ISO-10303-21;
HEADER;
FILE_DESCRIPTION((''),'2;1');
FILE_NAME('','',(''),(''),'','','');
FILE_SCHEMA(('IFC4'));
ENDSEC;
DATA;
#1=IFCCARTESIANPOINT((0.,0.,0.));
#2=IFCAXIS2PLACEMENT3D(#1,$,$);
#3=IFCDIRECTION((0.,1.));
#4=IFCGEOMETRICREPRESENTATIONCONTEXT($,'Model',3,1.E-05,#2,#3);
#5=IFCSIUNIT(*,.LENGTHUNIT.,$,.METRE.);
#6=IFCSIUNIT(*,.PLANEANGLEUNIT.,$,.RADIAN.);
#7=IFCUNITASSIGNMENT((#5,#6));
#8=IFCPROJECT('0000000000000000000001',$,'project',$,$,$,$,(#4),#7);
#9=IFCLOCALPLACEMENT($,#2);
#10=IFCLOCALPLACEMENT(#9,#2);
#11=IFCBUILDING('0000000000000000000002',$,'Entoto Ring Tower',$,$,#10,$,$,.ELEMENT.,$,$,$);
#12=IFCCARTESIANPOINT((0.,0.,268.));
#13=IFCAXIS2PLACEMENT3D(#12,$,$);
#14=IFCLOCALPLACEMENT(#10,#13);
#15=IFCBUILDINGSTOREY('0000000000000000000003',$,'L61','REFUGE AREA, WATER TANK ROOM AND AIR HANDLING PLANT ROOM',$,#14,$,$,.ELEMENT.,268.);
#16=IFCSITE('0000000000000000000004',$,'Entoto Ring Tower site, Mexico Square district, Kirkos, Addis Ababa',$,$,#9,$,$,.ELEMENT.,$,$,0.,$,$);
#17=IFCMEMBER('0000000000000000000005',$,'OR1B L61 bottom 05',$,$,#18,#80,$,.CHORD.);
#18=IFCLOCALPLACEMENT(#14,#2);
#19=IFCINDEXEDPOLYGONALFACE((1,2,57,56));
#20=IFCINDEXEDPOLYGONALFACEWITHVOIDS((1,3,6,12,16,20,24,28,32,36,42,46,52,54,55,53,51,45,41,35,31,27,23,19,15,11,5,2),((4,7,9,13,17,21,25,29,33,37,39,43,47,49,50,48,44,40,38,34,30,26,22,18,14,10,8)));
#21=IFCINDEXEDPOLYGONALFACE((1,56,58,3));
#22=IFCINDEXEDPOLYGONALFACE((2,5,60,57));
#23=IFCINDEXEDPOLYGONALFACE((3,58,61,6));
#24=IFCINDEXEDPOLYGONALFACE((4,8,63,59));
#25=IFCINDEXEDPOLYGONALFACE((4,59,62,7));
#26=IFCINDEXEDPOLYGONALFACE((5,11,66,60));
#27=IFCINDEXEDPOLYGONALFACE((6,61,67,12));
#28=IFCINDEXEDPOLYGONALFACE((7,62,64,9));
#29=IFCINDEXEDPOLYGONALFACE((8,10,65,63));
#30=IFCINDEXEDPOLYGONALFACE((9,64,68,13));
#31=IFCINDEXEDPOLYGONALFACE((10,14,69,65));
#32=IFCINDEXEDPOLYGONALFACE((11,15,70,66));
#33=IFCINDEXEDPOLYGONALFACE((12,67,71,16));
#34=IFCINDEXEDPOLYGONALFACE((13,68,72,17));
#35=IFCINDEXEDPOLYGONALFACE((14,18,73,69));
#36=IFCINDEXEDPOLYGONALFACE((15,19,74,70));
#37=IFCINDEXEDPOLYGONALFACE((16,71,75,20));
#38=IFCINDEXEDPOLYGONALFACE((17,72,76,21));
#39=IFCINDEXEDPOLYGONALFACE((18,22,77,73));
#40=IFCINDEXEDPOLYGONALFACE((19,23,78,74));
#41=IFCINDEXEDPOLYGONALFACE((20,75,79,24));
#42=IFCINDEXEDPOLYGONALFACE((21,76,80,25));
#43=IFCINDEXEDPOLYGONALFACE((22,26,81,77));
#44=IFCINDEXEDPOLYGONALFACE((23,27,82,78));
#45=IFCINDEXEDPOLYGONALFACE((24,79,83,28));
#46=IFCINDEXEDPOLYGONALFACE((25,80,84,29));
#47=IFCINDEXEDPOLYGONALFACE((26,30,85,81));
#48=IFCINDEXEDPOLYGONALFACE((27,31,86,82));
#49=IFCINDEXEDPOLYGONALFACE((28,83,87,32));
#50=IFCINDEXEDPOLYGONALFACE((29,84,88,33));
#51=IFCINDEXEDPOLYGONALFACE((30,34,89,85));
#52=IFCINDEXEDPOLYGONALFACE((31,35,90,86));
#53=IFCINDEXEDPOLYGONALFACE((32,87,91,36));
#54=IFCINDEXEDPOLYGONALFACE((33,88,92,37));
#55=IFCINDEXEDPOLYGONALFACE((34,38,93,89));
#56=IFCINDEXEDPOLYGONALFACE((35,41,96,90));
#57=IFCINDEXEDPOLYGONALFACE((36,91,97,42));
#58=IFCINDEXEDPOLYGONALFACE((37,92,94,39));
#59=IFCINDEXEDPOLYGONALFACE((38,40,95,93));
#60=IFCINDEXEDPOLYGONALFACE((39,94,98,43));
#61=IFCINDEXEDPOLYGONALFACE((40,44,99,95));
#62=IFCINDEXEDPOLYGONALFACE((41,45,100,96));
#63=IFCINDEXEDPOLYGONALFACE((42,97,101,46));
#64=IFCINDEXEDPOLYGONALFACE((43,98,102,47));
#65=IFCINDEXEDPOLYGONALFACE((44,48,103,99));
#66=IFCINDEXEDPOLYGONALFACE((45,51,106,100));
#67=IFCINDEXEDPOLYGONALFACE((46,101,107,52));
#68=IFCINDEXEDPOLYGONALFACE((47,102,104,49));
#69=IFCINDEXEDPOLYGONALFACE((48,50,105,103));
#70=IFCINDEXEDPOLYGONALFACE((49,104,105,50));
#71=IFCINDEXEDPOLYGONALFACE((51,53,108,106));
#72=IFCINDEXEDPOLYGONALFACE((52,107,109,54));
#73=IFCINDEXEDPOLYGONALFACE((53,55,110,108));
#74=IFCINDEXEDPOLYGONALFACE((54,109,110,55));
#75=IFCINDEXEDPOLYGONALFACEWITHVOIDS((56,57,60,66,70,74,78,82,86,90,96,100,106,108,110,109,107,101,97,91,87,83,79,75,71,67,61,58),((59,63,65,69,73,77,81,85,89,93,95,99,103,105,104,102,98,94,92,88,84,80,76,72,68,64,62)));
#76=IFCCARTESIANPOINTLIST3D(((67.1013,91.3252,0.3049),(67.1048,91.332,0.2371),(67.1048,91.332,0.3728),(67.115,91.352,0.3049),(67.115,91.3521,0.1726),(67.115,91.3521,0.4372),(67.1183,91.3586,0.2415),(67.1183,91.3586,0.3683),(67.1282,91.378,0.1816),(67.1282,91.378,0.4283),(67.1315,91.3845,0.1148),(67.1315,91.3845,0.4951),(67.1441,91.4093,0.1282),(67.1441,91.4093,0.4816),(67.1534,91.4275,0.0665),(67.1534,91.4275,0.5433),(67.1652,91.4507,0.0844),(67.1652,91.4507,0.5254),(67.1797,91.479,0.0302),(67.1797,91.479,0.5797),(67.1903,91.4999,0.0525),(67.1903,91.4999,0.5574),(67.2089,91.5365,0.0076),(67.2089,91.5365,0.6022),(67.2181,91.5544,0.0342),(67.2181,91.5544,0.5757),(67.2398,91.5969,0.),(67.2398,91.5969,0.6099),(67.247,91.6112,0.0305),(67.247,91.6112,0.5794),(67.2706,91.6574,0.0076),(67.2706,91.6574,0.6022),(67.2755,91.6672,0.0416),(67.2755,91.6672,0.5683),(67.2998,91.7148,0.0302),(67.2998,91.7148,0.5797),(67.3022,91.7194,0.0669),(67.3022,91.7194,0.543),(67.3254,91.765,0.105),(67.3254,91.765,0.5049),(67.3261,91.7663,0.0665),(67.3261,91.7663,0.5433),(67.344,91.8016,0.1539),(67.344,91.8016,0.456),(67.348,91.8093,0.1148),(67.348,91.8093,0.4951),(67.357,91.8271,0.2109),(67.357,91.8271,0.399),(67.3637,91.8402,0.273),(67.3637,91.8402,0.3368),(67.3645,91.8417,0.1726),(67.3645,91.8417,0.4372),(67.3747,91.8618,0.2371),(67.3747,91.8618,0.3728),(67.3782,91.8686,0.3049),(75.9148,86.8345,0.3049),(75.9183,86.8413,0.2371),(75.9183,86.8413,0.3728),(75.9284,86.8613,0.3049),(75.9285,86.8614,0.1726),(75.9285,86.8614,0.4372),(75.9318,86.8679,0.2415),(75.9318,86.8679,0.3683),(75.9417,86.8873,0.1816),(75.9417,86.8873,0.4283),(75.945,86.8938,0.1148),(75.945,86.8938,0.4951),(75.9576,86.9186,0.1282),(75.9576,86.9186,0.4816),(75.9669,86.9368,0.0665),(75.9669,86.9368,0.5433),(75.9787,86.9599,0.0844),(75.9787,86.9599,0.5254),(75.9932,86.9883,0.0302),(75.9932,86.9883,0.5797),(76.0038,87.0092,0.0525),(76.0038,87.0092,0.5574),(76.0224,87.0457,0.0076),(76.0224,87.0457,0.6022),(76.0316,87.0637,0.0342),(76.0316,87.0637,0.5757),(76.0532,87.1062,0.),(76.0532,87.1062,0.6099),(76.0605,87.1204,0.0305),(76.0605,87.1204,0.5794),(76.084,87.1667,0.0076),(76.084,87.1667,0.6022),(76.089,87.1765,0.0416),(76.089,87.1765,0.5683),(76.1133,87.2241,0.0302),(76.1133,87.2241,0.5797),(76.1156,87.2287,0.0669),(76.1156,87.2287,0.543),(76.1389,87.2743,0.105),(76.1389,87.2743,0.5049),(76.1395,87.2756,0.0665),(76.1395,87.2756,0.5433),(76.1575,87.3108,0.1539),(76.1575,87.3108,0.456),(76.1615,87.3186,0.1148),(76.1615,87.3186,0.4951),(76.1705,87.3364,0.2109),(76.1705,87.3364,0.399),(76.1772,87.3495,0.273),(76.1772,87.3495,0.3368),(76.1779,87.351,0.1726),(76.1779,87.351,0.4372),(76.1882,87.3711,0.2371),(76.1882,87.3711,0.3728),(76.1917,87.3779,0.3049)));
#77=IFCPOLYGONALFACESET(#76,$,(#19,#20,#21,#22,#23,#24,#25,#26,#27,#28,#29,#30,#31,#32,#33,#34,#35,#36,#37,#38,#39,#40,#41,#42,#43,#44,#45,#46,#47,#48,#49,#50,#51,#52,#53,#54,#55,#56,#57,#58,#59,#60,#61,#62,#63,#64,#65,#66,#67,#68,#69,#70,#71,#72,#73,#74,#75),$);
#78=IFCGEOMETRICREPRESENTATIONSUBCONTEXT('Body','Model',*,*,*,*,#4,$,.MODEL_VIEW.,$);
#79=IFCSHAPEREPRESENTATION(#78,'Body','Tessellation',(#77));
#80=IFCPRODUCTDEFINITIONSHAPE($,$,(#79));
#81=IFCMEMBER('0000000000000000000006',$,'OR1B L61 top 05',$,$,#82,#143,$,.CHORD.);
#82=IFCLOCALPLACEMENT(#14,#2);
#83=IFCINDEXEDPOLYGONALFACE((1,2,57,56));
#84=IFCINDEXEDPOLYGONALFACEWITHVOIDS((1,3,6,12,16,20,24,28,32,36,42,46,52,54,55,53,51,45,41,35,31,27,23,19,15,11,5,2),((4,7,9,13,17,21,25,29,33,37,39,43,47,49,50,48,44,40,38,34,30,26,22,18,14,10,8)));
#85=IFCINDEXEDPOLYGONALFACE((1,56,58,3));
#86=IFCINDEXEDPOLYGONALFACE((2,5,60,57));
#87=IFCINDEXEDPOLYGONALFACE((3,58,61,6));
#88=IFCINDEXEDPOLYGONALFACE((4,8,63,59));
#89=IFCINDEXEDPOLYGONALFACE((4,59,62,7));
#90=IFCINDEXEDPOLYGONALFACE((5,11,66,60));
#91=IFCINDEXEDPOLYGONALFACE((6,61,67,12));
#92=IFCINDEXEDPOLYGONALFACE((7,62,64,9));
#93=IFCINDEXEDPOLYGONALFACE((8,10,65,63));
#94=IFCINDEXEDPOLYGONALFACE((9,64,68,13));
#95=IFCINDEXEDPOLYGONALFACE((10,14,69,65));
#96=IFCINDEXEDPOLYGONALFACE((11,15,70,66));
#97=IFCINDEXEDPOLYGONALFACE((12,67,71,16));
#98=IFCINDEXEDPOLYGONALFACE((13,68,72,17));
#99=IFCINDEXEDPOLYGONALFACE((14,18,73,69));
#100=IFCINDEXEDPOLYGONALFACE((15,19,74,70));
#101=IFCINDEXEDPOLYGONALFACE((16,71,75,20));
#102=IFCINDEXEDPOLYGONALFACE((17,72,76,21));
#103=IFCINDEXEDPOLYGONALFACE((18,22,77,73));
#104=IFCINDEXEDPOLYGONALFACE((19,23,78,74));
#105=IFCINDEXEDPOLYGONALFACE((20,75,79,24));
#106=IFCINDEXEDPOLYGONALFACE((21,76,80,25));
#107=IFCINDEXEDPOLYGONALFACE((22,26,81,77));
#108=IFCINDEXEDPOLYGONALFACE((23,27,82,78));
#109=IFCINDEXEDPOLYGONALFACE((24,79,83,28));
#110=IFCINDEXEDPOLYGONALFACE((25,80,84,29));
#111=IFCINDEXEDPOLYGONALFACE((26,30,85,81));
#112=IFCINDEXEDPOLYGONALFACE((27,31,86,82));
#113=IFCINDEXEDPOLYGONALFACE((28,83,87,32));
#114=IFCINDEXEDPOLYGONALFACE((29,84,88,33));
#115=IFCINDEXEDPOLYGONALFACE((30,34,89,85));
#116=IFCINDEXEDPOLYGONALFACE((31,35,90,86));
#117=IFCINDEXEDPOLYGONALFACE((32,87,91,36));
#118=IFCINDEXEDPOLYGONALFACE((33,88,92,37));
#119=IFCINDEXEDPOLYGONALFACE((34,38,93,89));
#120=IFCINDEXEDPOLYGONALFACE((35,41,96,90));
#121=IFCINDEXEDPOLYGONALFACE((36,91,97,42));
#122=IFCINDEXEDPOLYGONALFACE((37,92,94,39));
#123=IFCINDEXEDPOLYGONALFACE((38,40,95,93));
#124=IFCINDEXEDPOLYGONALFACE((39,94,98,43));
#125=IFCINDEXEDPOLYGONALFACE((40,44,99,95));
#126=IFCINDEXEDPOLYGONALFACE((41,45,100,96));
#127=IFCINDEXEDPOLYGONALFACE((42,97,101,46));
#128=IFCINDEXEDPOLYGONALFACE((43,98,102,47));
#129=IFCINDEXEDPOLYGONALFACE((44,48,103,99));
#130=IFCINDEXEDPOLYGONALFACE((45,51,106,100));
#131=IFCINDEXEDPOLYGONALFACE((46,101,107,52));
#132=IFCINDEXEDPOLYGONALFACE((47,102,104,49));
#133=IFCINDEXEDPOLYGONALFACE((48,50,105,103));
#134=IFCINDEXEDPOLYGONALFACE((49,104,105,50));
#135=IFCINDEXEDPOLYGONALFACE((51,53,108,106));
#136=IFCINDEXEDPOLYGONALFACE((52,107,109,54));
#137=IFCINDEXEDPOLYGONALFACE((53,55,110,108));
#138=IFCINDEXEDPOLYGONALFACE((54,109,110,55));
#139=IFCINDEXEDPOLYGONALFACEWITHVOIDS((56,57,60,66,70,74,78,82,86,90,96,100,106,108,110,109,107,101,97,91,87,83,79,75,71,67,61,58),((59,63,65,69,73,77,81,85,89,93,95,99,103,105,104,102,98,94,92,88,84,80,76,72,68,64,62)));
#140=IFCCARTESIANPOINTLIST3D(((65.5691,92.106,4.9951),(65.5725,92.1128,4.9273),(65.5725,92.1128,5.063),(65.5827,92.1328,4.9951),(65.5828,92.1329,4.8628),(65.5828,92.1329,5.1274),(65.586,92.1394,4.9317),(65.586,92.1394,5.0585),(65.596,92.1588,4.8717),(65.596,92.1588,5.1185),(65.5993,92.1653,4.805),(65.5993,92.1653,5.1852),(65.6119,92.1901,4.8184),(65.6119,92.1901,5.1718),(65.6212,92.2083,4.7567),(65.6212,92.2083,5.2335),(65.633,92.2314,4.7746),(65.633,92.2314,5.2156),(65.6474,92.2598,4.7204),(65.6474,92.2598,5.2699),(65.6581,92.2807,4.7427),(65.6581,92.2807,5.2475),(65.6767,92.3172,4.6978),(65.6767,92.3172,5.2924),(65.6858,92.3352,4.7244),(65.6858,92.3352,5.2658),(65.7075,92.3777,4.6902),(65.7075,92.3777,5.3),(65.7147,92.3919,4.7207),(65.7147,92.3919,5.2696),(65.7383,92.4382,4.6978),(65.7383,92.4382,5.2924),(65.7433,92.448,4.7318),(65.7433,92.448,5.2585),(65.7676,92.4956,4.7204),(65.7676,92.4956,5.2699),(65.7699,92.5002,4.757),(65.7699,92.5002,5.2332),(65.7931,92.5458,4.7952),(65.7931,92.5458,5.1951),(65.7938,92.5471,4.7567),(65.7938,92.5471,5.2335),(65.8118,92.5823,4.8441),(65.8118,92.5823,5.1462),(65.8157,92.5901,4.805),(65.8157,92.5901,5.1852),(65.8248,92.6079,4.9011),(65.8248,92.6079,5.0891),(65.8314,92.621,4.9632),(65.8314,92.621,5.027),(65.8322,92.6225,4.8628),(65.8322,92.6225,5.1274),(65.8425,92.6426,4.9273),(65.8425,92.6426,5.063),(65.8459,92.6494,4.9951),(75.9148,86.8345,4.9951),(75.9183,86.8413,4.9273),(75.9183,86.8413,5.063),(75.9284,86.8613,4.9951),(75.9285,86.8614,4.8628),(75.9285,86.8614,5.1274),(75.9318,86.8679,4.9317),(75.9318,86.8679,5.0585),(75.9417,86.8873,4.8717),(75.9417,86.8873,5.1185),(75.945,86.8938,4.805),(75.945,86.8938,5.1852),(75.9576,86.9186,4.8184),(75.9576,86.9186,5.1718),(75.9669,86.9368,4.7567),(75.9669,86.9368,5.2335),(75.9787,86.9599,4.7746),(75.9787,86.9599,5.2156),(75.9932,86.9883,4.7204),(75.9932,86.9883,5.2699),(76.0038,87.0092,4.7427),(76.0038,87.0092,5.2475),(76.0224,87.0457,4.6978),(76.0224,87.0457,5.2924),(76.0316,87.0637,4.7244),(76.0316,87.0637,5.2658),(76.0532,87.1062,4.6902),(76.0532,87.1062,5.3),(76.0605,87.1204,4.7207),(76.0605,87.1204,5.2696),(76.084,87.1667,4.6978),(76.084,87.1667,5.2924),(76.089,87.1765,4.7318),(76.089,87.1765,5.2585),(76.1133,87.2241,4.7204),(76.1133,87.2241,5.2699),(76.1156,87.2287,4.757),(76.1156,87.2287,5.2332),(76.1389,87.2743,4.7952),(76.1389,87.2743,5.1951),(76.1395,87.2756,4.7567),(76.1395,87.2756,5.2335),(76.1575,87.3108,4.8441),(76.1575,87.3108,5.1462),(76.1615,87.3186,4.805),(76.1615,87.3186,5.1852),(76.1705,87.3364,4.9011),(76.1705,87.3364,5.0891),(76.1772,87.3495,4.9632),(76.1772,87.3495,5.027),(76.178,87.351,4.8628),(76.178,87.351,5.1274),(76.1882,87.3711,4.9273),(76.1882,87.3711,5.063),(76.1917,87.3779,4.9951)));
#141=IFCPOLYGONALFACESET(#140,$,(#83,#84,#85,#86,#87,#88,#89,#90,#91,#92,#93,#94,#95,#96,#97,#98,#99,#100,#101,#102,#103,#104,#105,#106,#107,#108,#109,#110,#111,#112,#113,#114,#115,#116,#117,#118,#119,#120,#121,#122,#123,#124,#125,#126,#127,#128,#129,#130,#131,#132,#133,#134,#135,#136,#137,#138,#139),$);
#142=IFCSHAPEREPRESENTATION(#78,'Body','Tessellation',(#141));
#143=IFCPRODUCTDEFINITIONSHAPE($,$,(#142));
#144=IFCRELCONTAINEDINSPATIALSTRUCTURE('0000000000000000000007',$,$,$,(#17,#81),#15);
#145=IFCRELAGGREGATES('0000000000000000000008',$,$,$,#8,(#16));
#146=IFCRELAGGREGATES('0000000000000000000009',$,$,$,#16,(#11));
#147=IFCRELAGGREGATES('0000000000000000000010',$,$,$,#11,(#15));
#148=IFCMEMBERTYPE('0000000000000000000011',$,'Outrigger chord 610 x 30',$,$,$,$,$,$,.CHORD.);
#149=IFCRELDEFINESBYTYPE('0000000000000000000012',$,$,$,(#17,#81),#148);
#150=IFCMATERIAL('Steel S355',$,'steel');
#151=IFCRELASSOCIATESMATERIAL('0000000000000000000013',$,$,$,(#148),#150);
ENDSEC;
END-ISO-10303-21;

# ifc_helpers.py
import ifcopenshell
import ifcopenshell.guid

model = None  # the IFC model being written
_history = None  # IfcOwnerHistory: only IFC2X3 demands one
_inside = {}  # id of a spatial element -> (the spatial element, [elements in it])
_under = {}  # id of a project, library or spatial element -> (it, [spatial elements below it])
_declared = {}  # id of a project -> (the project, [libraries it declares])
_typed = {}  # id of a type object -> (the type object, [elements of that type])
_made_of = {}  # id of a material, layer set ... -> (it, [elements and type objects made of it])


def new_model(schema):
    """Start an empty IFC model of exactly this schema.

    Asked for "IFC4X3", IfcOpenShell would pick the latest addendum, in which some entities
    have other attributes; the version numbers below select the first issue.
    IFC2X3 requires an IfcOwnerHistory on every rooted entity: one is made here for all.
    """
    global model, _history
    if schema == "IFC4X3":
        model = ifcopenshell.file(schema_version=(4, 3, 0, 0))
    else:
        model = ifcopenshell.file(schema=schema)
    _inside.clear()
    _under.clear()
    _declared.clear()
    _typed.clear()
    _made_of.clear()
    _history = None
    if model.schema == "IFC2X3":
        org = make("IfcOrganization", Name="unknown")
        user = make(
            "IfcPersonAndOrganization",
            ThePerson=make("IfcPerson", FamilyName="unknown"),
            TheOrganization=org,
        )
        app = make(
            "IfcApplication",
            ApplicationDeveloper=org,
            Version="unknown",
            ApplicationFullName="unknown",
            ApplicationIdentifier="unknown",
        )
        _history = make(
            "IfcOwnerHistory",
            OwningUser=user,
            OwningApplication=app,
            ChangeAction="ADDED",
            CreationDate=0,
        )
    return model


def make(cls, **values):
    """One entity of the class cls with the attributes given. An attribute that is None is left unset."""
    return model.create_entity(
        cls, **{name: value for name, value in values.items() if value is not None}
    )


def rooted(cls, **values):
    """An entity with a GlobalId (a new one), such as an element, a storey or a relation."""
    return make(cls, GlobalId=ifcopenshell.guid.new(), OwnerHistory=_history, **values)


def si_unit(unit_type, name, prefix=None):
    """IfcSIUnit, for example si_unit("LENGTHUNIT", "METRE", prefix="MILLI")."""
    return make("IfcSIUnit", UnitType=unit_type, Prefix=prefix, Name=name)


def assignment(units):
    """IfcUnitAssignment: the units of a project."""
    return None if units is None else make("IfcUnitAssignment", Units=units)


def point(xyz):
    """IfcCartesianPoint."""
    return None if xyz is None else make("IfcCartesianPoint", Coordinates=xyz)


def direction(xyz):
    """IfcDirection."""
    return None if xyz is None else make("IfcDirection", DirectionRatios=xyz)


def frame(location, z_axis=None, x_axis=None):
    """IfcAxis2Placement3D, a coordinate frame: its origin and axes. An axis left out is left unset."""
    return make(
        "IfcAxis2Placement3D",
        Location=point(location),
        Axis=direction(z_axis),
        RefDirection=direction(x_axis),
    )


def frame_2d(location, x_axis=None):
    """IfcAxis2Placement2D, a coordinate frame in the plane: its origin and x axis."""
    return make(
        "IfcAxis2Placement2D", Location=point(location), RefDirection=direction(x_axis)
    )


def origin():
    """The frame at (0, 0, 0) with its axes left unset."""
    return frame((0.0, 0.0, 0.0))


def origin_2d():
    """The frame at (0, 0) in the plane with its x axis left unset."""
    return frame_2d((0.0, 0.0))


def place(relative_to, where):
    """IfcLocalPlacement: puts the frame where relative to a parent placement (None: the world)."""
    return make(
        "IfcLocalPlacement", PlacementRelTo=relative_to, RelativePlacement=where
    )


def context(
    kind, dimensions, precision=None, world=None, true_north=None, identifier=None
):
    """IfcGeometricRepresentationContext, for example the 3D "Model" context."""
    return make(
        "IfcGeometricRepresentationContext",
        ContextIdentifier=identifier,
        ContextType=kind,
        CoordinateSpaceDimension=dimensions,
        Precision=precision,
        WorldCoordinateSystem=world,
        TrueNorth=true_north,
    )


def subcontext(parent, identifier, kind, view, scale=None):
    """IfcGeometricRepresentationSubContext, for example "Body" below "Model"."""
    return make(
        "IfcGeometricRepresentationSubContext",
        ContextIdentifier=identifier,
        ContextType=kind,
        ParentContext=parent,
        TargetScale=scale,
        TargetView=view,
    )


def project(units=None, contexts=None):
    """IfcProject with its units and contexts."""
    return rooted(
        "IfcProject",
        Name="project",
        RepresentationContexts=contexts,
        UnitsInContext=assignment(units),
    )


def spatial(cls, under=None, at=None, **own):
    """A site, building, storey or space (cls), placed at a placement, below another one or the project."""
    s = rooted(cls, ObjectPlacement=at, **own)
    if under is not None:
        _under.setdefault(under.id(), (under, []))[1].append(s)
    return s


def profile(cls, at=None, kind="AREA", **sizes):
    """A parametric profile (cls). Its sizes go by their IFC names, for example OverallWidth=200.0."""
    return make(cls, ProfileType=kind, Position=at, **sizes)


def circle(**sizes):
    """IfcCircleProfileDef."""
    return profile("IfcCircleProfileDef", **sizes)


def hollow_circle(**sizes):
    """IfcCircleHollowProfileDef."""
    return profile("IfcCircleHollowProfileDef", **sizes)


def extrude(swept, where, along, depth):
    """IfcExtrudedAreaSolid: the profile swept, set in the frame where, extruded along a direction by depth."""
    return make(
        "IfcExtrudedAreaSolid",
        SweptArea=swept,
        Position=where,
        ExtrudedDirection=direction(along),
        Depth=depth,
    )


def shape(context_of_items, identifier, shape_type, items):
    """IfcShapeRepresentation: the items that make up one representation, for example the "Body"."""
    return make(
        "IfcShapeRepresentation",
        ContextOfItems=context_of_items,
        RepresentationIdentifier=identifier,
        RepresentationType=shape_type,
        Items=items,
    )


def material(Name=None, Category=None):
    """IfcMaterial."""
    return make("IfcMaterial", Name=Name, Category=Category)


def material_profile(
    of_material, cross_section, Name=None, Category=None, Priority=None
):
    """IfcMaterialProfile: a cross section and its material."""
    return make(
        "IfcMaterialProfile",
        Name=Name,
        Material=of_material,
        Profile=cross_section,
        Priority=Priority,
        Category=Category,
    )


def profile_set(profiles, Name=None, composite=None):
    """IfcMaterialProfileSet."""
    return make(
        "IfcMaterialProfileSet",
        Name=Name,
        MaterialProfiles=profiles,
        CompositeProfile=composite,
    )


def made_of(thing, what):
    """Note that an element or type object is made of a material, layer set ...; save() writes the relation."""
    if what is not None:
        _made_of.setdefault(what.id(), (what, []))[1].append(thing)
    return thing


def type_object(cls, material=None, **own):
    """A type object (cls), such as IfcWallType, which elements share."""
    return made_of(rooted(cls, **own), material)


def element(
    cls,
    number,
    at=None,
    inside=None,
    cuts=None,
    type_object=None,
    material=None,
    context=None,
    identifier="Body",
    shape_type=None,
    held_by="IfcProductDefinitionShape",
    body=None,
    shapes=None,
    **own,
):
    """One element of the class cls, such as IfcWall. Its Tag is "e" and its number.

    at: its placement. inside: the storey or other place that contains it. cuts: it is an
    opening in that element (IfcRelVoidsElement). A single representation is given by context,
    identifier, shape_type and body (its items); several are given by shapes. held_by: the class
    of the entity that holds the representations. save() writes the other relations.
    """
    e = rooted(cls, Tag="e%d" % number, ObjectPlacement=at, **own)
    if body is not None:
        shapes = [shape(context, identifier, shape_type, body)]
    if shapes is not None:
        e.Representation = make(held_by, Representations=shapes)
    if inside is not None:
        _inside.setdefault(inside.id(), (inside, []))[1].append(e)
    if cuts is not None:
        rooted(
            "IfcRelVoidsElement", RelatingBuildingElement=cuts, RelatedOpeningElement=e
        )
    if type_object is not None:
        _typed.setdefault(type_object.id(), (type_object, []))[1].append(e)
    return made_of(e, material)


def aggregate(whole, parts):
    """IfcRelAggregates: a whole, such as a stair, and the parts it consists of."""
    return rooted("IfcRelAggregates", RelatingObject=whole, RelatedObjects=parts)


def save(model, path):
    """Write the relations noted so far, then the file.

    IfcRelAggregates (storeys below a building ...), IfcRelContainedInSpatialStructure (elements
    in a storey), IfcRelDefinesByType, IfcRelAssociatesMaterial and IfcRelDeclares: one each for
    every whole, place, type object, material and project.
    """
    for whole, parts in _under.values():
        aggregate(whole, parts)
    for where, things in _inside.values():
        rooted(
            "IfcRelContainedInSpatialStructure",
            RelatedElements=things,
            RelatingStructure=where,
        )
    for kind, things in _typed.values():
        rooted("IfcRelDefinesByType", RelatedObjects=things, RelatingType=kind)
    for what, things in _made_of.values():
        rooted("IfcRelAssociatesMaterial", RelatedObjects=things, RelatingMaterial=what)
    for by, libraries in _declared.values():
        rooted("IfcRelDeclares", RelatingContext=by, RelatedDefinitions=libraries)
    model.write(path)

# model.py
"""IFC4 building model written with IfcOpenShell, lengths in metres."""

from ifc_helpers import new_model, si_unit, direction, frame, origin, origin_2d, place, context, subcontext, project, spatial, circle, hollow_circle, extrude, material, material_profile, profile_set, type_object, element, save


model = new_model("IFC4")

# Units and contexts
model_context = context("Model", 3, precision=1e-05, world=origin(), true_north=direction((0.0, 1.0)))
body_context = subcontext(model_context, "Body", "Model", "MODEL_VIEW")
ifc_project = project(units=[si_unit("LENGTHUNIT", "METRE"), si_unit("PLANEANGLEUNIT", "RADIAN")], contexts=[model_context])

# Site, building, storey
site_placement = place(None, origin())
site = spatial("IfcSite", under=ifc_project, at=site_placement, Name="Entoto Ring Tower site, Mexico Square district, Kirkos, Addis Ababa", CompositionType="ELEMENT", RefElevation=0.0)
building_placement = place(site_placement, origin())
building = spatial("IfcBuilding", under=site, at=building_placement, Name="Entoto Ring Tower", CompositionType="ELEMENT")
storey_placement = place(building_placement, frame((0.0, 0.0, 268.0)))
storey = spatial("IfcBuildingStorey", under=building, at=storey_placement, Name="L61", Description="REFUGE AREA, WATER TANK ROOM AND AIR HANDLING PLANT ROOM", CompositionType="ELEMENT", Elevation=268.0)

# Members
ifc_material_1 = material(Name="Steel S355", Category="steel")
ifc_material_profile_1 = material_profile(ifc_material_1, hollow_circle(Radius=0.3049, WallThickness=0.03, at=origin_2d()), Name="CHS 610 x 30")
ifc_material_2 = material(Name="Concrete C60/75", Category="concrete")
ifc_material_profile_2 = material_profile(ifc_material_2, circle(Radius=0.2749, at=origin_2d()), Name="Concrete C60/75 infill")
ifc_profile_set_1 = profile_set([ifc_material_profile_1, ifc_material_profile_2], Name="Steel S355")
member_type_1 = type_object("IfcMemberType", Name="Outrigger chord 610 x 30", PredefinedType="CHORD", material=ifc_profile_set_1)
member_1_placement = place(storey_placement, frame((76.0532, 87.1062, 0.3049), z_axis=(-0.891005, 0.453993, 0.0), x_axis=(-0.453993, -0.891005, 0.0)))
element("IfcMember", 1, at=member_1_placement, inside=storey, type_object=member_type_1, Name="OR1B L61 bottom 05", PredefinedType="CHORD", context=body_context, shape_type="SweptSolid", body=[
    extrude(hollow_circle(Radius=0.3049, WallThickness=0.03, at=origin_2d()), origin(), (0.0, 0.0, 1.0), 9.8916),
])
member_2_placement = place(storey_placement, frame((76.0532, 87.1062, 4.9951), z_axis=(-0.891004, 0.453996, 0.0), x_axis=(-0.453996, -0.891004, 0.0)))
element("IfcMember", 2, at=member_2_placement, inside=storey, type_object=member_type_1, Name="OR1B L61 top 05", PredefinedType="CHORD", context=body_context, shape_type="SweptSolid", body=[
    extrude(hollow_circle(Radius=0.3049, WallThickness=0.03, at=origin_2d()), origin(), (0.0, 0.0, 1.0), 11.6113),
])

save(model, "model.ifc")
